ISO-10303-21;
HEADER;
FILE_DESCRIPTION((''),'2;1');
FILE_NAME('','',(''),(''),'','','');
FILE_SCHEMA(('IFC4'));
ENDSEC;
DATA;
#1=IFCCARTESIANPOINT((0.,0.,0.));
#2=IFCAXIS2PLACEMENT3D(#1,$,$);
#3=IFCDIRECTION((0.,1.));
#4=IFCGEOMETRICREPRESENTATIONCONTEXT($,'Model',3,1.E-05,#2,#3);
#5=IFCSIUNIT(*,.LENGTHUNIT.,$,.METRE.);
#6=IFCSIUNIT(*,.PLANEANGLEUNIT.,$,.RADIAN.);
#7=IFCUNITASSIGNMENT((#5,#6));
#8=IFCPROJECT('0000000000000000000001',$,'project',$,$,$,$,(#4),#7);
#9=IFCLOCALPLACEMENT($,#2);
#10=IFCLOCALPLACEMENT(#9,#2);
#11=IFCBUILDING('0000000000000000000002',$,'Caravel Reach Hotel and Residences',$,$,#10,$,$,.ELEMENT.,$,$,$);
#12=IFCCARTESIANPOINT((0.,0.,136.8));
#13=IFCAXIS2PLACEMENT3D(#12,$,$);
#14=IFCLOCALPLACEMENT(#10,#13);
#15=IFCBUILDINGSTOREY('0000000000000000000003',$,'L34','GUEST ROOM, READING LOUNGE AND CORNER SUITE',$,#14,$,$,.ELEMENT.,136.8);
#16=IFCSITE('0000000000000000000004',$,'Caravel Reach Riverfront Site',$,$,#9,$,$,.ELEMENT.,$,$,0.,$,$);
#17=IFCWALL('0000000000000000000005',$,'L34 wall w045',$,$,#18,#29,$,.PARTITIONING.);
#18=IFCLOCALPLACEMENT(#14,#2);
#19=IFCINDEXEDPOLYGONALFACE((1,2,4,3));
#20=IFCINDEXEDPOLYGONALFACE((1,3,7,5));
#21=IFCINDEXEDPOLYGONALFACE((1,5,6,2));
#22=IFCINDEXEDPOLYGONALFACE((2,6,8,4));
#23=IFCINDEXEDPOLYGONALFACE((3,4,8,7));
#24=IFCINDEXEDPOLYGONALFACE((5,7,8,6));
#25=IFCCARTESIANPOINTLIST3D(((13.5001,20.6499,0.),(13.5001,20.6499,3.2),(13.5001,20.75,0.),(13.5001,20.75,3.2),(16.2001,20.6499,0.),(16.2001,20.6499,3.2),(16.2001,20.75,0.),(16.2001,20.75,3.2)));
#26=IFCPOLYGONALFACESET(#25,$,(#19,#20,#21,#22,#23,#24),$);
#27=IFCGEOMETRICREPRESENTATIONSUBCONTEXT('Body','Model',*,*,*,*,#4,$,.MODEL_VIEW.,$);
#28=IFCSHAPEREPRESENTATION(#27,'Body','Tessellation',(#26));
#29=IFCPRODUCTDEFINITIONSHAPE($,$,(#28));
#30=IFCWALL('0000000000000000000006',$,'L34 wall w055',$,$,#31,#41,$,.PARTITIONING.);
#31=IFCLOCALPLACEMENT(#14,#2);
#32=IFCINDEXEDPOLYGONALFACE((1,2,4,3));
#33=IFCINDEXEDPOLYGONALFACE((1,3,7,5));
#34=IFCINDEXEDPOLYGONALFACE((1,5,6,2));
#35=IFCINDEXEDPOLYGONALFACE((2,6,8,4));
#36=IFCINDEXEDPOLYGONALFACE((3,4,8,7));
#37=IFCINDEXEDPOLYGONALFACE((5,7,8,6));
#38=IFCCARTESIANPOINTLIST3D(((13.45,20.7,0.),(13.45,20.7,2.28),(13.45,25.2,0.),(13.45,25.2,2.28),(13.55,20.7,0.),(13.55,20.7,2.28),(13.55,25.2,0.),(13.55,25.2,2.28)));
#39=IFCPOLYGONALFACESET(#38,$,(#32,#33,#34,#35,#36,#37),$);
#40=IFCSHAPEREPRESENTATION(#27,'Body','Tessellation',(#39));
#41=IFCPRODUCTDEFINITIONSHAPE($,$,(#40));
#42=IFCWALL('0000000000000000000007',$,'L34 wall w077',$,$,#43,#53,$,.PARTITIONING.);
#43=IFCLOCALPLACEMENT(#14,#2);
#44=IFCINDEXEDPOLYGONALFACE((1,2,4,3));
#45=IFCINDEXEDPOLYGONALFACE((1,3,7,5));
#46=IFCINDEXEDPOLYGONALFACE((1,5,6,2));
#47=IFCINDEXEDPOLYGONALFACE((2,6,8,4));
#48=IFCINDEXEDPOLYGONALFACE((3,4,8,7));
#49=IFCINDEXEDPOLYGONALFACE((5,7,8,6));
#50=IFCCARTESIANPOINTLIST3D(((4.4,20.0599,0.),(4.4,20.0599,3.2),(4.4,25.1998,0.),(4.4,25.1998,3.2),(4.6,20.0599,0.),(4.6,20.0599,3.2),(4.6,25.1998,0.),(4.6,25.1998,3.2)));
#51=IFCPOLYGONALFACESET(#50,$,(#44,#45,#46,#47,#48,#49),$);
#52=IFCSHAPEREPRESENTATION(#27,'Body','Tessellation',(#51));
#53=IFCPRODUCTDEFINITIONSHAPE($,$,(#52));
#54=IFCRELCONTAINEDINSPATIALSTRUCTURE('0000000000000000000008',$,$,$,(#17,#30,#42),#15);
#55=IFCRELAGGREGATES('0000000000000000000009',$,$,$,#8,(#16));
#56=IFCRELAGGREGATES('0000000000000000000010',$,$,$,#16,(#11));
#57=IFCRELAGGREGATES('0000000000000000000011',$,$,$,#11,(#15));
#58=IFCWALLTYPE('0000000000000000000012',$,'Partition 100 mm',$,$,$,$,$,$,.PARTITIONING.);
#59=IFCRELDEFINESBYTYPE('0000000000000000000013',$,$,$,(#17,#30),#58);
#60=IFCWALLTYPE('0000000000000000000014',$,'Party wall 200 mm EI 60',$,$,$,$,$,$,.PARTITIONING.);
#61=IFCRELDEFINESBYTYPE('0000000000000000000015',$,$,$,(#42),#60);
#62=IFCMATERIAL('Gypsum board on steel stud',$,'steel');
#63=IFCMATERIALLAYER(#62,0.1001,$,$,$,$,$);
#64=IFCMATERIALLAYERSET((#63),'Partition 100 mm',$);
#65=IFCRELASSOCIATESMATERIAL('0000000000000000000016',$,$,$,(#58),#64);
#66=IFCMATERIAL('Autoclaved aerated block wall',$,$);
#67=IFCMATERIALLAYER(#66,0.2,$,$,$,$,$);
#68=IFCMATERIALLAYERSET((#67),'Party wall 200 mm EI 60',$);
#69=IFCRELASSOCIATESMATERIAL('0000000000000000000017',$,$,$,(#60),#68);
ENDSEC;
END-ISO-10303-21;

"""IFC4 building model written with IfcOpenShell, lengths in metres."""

from ifc_helpers import new_model, si_unit, direction, frame, frame_2d, origin, place, context, subcontext, project, spatial, rectangle, extrude, material, layer, layer_set, type_object, element, save


model = new_model("IFC4")

# Units and contexts
model_context = context("Model", 3, precision=1e-05, world=origin(), true_north=direction((0.0, 1.0)))
body_context = subcontext(model_context, "Body", "Model", "MODEL_VIEW")
ifc_project = project(units=[si_unit("LENGTHUNIT", "METRE"), si_unit("PLANEANGLEUNIT", "RADIAN")], contexts=[model_context])

# Site, building, storey
site_placement = place(None, origin())
site = spatial("IfcSite", under=ifc_project, at=site_placement, Name="Caravel Reach Riverfront Site", CompositionType="ELEMENT", RefElevation=0.0)
building_placement = place(site_placement, origin())
building = spatial("IfcBuilding", under=site, at=building_placement, Name="Caravel Reach Hotel and Residences", CompositionType="ELEMENT")
storey_placement = place(building_placement, frame((0.0, 0.0, 136.8)))
storey = spatial("IfcBuildingStorey", under=building, at=storey_placement, Name="L34", Description="GUEST ROOM, READING LOUNGE AND CORNER SUITE", CompositionType="ELEMENT", Elevation=136.8)

# Walls
ifc_material_1 = material(Name="Gypsum board on steel stud", Category="steel")
ifc_layer_1 = layer(ifc_material_1, 0.1001)
ifc_layer_set_1 = layer_set([ifc_layer_1], Name="Partition 100 mm")
wall_type_1 = type_object("IfcWallType", Name="Partition 100 mm", PredefinedType="PARTITIONING", material=ifc_layer_set_1)
wall_1_placement = place(storey_placement, frame((13.5, 20.7, 0.0), z_axis=(0.0, 0.0, 1.0), x_axis=(1.0, 0.0, 0.0)))
element("IfcWall", 1, at=wall_1_placement, inside=storey, type_object=wall_type_1, Name="L34 wall w045", PredefinedType="PARTITIONING", context=body_context, shape_type="SweptSolid", body=[
    extrude(rectangle(XDim=2.7, YDim=0.1001, at=frame_2d((1.3501, 0.0))), origin(), (0.0, 0.0, 1.0), 3.2),
])
wall_2_placement = place(storey_placement, frame((13.5, 20.7, 0.0), z_axis=(0.0, 0.0, 1.0), x_axis=(0.0, 1.0, 0.0)))
element("IfcWall", 2, at=wall_2_placement, inside=storey, type_object=wall_type_1, Name="L34 wall w055", PredefinedType="PARTITIONING", context=body_context, shape_type="SweptSolid", body=[
    extrude(rectangle(XDim=4.5, YDim=0.1001, at=frame_2d((2.25, 0.0))), origin(), (0.0, 0.0, 1.0), 2.28),
])
ifc_material_2 = material(Name="Autoclaved aerated block wall")
ifc_layer_2 = layer(ifc_material_2, 0.2)
ifc_layer_set_2 = layer_set([ifc_layer_2], Name="Party wall 200 mm EI 60")
wall_type_2 = type_object("IfcWallType", Name="Party wall 200 mm EI 60", PredefinedType="PARTITIONING", material=ifc_layer_set_2)
wall_3_placement = place(storey_placement, frame((4.5, 20.0601, 0.0), z_axis=(0.0, 0.0, 1.0), x_axis=(0.0, 1.0, 0.0)))
element("IfcWall", 3, at=wall_3_placement, inside=storey, type_object=wall_type_2, Name="L34 wall w077", PredefinedType="PARTITIONING", context=body_context, shape_type="SweptSolid", body=[
    extrude(rectangle(XDim=5.1399, YDim=0.2, at=frame_2d((2.5698, 0.0))), origin(), (0.0, 0.0, 1.0), 3.2),
])

save(model, "model.ifc")
